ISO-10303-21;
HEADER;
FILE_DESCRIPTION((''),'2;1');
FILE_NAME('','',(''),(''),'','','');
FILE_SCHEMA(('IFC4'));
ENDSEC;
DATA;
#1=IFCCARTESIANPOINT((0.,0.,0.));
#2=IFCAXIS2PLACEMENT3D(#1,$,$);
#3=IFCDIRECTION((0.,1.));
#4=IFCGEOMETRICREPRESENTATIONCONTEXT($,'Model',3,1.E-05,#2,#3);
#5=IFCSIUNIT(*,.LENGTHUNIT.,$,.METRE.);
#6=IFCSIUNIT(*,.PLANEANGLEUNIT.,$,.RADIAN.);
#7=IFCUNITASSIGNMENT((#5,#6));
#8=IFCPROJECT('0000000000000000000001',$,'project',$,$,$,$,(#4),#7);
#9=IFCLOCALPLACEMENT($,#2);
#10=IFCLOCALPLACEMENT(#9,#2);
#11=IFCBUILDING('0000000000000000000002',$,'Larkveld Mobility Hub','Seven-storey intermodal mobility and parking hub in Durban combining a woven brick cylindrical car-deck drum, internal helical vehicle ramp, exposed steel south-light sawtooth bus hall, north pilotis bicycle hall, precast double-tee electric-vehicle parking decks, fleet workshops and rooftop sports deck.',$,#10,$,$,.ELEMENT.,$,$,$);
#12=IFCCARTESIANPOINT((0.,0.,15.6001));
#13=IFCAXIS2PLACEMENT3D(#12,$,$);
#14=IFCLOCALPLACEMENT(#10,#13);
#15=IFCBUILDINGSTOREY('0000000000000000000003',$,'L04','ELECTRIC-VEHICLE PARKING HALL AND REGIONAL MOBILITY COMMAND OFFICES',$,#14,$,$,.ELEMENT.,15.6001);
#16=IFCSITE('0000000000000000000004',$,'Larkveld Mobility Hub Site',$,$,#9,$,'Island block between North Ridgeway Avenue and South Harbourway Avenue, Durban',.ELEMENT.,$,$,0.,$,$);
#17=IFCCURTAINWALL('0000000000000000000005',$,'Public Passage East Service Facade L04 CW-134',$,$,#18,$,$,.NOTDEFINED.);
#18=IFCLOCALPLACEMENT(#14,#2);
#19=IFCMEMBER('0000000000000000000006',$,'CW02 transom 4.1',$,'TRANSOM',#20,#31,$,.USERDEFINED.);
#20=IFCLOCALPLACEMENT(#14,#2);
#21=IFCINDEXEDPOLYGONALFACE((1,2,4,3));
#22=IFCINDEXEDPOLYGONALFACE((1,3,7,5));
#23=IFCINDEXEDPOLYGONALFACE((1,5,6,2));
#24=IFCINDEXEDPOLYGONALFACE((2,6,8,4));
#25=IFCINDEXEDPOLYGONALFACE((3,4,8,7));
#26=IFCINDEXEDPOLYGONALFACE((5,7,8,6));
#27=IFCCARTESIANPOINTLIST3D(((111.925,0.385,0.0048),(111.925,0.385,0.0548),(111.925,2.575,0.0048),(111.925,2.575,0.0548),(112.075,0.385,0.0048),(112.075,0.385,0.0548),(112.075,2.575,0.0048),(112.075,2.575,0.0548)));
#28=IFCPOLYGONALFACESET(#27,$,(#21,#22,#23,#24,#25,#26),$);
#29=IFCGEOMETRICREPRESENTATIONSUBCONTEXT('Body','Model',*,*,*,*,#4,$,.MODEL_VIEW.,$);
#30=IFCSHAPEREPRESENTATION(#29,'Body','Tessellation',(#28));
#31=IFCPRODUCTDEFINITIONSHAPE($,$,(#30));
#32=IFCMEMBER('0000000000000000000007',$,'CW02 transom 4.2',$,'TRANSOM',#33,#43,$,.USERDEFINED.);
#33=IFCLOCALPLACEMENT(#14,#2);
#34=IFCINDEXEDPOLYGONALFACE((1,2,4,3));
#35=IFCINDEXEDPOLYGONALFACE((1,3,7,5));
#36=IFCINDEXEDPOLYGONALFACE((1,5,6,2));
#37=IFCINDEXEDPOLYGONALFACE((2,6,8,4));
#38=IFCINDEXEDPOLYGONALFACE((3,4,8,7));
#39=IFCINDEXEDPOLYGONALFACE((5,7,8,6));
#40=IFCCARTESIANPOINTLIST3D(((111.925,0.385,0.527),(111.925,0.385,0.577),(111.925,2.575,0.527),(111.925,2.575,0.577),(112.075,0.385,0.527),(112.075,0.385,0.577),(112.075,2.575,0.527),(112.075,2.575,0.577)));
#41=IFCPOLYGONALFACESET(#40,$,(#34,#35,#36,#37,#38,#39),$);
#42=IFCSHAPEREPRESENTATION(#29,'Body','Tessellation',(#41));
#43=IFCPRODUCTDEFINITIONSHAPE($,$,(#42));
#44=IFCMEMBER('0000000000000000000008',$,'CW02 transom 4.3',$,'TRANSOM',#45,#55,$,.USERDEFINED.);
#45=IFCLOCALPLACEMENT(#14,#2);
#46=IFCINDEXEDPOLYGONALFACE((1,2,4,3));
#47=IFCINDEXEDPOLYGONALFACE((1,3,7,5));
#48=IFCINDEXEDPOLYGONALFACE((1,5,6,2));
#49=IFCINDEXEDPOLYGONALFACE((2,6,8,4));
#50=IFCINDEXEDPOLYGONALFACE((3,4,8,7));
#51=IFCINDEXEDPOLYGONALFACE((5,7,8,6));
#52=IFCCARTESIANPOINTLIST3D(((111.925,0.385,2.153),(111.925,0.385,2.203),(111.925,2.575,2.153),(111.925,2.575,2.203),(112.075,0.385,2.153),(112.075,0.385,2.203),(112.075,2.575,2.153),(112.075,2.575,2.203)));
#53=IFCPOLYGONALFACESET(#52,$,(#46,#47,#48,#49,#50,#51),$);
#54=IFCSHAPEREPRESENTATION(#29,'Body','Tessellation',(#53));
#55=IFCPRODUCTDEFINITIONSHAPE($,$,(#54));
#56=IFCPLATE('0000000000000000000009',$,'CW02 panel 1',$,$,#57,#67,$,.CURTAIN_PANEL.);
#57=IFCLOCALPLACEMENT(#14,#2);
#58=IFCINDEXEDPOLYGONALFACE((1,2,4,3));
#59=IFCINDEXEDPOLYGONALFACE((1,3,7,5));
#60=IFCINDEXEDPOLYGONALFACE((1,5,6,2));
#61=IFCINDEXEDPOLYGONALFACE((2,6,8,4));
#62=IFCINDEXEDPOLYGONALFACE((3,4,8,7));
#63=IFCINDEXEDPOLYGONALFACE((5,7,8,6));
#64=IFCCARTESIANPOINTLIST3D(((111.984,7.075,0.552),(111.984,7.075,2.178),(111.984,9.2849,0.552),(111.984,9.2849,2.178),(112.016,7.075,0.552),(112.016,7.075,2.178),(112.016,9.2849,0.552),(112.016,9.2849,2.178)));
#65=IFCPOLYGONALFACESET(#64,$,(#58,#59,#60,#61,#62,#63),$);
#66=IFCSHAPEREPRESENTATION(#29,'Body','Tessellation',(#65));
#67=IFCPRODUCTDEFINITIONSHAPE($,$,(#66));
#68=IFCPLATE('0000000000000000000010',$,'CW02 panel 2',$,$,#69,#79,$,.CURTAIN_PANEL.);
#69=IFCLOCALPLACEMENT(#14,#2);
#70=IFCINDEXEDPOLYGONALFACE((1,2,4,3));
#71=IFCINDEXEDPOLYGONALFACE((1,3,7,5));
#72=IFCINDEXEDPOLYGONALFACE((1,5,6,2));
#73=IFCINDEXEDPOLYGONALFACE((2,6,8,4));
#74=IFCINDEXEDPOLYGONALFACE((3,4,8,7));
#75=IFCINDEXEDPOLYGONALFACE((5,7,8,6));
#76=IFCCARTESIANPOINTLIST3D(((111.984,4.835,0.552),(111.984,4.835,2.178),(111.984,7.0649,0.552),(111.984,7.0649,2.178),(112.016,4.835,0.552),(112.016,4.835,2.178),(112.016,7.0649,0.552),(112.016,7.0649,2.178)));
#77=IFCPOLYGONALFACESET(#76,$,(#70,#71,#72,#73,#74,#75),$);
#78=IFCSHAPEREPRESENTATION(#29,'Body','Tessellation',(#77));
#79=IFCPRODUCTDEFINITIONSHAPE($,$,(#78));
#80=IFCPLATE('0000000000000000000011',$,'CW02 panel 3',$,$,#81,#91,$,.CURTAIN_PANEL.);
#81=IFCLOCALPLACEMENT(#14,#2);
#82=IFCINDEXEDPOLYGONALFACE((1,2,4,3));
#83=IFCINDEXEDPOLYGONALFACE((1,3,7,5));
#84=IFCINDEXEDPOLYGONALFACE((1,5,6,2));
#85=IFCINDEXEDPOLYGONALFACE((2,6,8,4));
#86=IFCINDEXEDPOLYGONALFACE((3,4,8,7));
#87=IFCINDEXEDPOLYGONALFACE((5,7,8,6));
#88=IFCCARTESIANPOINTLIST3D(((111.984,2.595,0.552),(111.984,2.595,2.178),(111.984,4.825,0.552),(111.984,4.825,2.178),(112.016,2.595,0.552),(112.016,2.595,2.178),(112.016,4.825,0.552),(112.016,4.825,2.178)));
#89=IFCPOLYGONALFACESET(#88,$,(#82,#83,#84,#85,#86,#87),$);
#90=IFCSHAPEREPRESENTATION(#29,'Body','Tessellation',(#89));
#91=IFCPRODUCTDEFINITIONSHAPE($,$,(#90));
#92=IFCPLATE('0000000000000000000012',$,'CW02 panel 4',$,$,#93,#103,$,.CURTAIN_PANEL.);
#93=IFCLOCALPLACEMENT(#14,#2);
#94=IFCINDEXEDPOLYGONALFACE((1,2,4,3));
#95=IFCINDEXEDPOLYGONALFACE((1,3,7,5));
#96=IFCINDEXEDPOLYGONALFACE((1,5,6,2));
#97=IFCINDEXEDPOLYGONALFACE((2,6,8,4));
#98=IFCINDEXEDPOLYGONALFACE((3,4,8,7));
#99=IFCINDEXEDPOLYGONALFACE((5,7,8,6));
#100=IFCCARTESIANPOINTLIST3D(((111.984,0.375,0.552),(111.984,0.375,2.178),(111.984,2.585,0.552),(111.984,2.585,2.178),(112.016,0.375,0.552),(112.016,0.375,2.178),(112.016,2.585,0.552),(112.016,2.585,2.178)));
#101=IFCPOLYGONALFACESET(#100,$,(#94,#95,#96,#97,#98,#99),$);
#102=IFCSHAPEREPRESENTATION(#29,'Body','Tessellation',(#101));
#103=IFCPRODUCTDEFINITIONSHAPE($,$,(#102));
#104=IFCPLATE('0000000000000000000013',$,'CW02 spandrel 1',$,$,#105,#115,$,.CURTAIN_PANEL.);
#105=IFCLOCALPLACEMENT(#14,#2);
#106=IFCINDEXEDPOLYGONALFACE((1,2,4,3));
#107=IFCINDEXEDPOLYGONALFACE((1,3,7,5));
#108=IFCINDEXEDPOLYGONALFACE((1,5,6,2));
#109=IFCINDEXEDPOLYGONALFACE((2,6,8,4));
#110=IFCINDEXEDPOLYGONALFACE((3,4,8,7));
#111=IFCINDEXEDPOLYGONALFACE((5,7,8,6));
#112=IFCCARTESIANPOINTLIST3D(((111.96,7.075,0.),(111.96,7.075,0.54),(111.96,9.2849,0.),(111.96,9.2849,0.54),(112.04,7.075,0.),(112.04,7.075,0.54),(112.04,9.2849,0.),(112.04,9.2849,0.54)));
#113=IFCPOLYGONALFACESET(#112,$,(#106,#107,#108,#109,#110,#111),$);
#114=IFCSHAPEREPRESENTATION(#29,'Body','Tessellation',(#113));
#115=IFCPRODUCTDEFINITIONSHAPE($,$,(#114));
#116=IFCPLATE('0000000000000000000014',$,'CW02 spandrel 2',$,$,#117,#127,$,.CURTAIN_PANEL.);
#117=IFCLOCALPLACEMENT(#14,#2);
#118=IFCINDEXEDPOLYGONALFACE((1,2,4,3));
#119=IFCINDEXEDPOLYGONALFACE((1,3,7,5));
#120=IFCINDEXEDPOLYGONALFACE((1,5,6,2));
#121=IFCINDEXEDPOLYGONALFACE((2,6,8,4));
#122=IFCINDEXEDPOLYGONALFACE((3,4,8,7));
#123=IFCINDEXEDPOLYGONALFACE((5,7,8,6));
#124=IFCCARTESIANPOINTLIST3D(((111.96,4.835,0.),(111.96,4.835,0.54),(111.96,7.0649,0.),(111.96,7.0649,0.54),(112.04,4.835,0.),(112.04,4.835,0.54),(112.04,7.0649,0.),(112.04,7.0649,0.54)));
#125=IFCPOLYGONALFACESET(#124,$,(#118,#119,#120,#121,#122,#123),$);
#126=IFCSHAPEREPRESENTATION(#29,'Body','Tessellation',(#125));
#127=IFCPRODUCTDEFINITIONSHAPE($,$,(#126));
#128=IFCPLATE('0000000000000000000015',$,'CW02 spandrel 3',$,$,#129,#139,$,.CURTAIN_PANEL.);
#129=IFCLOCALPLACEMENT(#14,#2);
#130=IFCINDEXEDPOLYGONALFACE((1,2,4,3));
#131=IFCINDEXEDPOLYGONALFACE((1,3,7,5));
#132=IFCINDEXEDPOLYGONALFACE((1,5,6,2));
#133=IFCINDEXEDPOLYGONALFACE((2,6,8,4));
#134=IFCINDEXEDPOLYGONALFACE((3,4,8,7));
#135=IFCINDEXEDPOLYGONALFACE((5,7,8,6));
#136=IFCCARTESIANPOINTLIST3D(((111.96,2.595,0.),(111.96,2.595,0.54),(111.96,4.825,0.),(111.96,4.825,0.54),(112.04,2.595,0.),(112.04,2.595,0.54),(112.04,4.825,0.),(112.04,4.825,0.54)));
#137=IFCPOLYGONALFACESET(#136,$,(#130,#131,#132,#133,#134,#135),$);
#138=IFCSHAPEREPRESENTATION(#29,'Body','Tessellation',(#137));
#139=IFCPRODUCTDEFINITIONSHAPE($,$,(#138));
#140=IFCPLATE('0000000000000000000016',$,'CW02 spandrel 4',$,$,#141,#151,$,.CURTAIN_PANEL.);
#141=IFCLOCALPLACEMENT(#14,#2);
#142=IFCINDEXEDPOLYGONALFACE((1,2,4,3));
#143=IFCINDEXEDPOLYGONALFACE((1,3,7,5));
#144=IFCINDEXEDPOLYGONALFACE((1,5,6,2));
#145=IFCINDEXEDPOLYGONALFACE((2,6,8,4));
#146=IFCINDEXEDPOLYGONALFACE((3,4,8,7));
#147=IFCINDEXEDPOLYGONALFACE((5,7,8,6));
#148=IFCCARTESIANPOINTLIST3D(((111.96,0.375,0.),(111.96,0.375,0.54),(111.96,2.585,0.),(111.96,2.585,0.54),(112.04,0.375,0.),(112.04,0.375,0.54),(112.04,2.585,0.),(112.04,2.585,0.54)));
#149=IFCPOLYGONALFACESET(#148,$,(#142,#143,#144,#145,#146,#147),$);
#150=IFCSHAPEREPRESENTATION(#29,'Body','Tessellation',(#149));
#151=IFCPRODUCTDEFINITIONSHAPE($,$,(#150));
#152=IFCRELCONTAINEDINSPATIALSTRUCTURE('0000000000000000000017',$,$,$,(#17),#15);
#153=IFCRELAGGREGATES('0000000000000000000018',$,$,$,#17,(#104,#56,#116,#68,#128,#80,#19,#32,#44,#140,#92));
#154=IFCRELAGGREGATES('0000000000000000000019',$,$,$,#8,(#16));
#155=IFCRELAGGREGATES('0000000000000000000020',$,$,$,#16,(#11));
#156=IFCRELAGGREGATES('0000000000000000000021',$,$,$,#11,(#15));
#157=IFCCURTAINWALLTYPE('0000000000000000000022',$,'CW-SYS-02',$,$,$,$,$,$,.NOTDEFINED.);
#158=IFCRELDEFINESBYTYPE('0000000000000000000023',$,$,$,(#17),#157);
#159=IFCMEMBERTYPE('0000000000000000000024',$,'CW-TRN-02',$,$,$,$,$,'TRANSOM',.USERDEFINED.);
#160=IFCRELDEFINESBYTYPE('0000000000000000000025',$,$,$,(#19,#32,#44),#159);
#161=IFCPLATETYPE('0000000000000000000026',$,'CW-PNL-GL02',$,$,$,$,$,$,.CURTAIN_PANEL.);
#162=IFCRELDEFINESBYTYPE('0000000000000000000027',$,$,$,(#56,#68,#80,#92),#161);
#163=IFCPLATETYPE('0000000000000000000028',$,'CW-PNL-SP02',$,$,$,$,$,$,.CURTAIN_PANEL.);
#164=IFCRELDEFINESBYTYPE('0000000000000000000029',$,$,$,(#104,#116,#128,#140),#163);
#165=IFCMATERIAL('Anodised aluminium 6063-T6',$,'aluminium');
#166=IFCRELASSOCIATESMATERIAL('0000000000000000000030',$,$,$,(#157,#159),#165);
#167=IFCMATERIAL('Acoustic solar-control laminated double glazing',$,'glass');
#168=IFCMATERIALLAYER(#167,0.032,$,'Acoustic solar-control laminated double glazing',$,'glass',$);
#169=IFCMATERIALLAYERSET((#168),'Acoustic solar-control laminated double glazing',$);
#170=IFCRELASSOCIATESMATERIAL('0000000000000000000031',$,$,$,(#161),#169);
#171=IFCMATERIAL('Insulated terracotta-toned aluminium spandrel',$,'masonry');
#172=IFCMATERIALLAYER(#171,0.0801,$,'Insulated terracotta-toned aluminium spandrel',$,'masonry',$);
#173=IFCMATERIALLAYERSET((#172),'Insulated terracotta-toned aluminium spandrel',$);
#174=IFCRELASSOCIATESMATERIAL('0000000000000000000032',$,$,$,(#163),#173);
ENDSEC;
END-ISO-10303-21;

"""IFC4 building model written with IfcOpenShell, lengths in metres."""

from ifc_helpers import new_model, si_unit, direction, frame, origin, origin_2d, place, context, subcontext, project, spatial, rectangle, extrude, material, layer, layer_set, material_profile, profile_set, type_object, element, aggregate, save


model = new_model("IFC4")

# Units and contexts
model_context = context("Model", 3, precision=1e-05, world=origin(), true_north=direction((0.0, 1.0)))
body_context = subcontext(model_context, "Body", "Model", "MODEL_VIEW")
ifc_project = project(units=[si_unit("LENGTHUNIT", "METRE"), si_unit("PLANEANGLEUNIT", "RADIAN")], contexts=[model_context])

# Site, building, storey
site_placement = place(None, origin())
site = spatial("IfcSite", under=ifc_project, at=site_placement, Name="Larkveld Mobility Hub Site", LongName="Island block between North Ridgeway Avenue and South Harbourway Avenue, Durban", CompositionType="ELEMENT", RefElevation=0.0)
building_placement = place(site_placement, origin())
building = spatial("IfcBuilding", under=site, at=building_placement, Name="Larkveld Mobility Hub", Description="Seven-storey intermodal mobility and parking hub in Durban combining a woven brick cylindrical car-deck drum, internal helical vehicle ramp, exposed steel south-light sawtooth bus hall, north pilotis bicycle hall, precast double-tee electric-vehicle parking decks, fleet workshops and rooftop sports deck.", CompositionType="ELEMENT")
storey_placement = place(building_placement, frame((0.0, 0.0, 15.6001)))
storey = spatial("IfcBuildingStorey", under=building, at=storey_placement, Name="L04", Description="ELECTRIC-VEHICLE PARKING HALL AND REGIONAL MOBILITY COMMAND OFFICES", CompositionType="ELEMENT", Elevation=15.6001)

# Curtain wall, members, plates
ifc_material_1 = material(Name="Anodised aluminium 6063-T6", Category="aluminium")
curtain_wall_type = type_object("IfcCurtainWallType", Name="CW-SYS-02", PredefinedType="NOTDEFINED", material=ifc_material_1)
curtain_wall_placement = place(storey_placement, origin())
curtain_wall = element("IfcCurtainWall", 1, at=curtain_wall_placement, inside=storey, type_object=curtain_wall_type, Name="Public Passage East Service Facade L04 CW-134", PredefinedType="NOTDEFINED")
ifc_material_profile_1 = material_profile(ifc_material_1, rectangle(XDim=0.1499, YDim=0.05, at=origin_2d()), Name="ALU TRAN 50x150")
ifc_profile_set_1 = profile_set([ifc_material_profile_1], Name="Anodised aluminium 6063-T6")
member_type_1 = type_object("IfcMemberType", Name="CW-TRN-02", ElementType="TRANSOM", PredefinedType="USERDEFINED", material=ifc_profile_set_1)
member_1_placement = place(storey_placement, frame((112.0, 2.575, 0.0298), z_axis=(0.0, -1.0, 0.0), x_axis=(1.0, 0.0, 0.0)))
member_1 = element("IfcMember", 2, at=member_1_placement, type_object=member_type_1, Name="CW02 transom 4.1", ObjectType="TRANSOM", PredefinedType="USERDEFINED", context=body_context, shape_type="SweptSolid", body=[
    extrude(rectangle(XDim=0.1499, YDim=0.05, at=origin_2d()), origin(), (0.0, 0.0, 1.0), 2.1899),
])
member_2_placement = place(storey_placement, frame((112.0, 2.575, 0.552), z_axis=(0.0, -1.0, 0.0), x_axis=(1.0, 0.0, 0.0)))
member_2 = element("IfcMember", 3, at=member_2_placement, type_object=member_type_1, Name="CW02 transom 4.2", ObjectType="TRANSOM", PredefinedType="USERDEFINED", context=body_context, shape_type="SweptSolid", body=[
    extrude(rectangle(XDim=0.1499, YDim=0.05, at=origin_2d()), origin(), (0.0, 0.0, 1.0), 2.1899),
])
member_3_placement = place(storey_placement, frame((112.0, 2.575, 2.178), z_axis=(0.0, -1.0, 0.0), x_axis=(1.0, 0.0, 0.0)))
member_3 = element("IfcMember", 4, at=member_3_placement, type_object=member_type_1, Name="CW02 transom 4.3", ObjectType="TRANSOM", PredefinedType="USERDEFINED", context=body_context, shape_type="SweptSolid", body=[
    extrude(rectangle(XDim=0.1499, YDim=0.05, at=origin_2d()), origin(), (0.0, 0.0, 1.0), 2.1899),
])
ifc_material_2 = material(Name="Acoustic solar-control laminated double glazing", Category="glass")
ifc_layer_1 = layer(ifc_material_2, 0.032, Name="Acoustic solar-control laminated double glazing", Category="glass")
ifc_layer_set_1 = layer_set([ifc_layer_1], Name="Acoustic solar-control laminated double glazing")
plate_type_1 = type_object("IfcPlateType", Name="CW-PNL-GL02", PredefinedType="CURTAIN_PANEL", material=ifc_layer_set_1)
plate_1_placement = place(storey_placement, frame((112.0, 8.1799, 0.552), z_axis=(0.0, 0.0, 1.0), x_axis=(0.0, -1.0, 0.0)))
plate_1 = element("IfcPlate", 5, at=plate_1_placement, type_object=plate_type_1, Name="CW02 panel 1", PredefinedType="CURTAIN_PANEL", context=body_context, shape_type="SweptSolid", body=[
    extrude(rectangle(XDim=2.21, YDim=0.032, at=origin_2d()), origin(), (0.0, 0.0, 1.0), 1.626),
])
plate_2_placement = place(storey_placement, frame((112.0, 5.95, 0.552), z_axis=(0.0, 0.0, 1.0), x_axis=(0.0, -1.0, 0.0)))
plate_2 = element("IfcPlate", 6, at=plate_2_placement, type_object=plate_type_1, Name="CW02 panel 2", PredefinedType="CURTAIN_PANEL", context=body_context, shape_type="SweptSolid", body=[
    extrude(rectangle(XDim=2.23, YDim=0.032, at=origin_2d()), origin(), (0.0, 0.0, 1.0), 1.626),
])
plate_3_placement = place(storey_placement, frame((112.0, 3.71, 0.552), z_axis=(0.0, 0.0, 1.0), x_axis=(0.0, -1.0, 0.0)))
plate_3 = element("IfcPlate", 7, at=plate_3_placement, type_object=plate_type_1, Name="CW02 panel 3", PredefinedType="CURTAIN_PANEL", context=body_context, shape_type="SweptSolid", body=[
    extrude(rectangle(XDim=2.23, YDim=0.032, at=origin_2d()), origin(), (0.0, 0.0, 1.0), 1.626),
])
plate_4_placement = place(storey_placement, frame((112.0, 1.48, 0.552), z_axis=(0.0, 0.0, 1.0), x_axis=(0.0, -1.0, 0.0)))
plate_4 = element("IfcPlate", 8, at=plate_4_placement, type_object=plate_type_1, Name="CW02 panel 4", PredefinedType="CURTAIN_PANEL", context=body_context, shape_type="SweptSolid", body=[
    extrude(rectangle(XDim=2.21, YDim=0.032, at=origin_2d()), origin(), (0.0, 0.0, 1.0), 1.626),
])
ifc_material_3 = material(Name="Insulated terracotta-toned aluminium spandrel", Category="masonry")
ifc_layer_2 = layer(ifc_material_3, 0.0801, Name="Insulated terracotta-toned aluminium spandrel", Category="masonry")
ifc_layer_set_2 = layer_set([ifc_layer_2], Name="Insulated terracotta-toned aluminium spandrel")
plate_type_2 = type_object("IfcPlateType", Name="CW-PNL-SP02", PredefinedType="CURTAIN_PANEL", material=ifc_layer_set_2)
plate_5_placement = place(storey_placement, frame((112.0, 8.1799, 0.0), z_axis=(0.0, 0.0, 1.0), x_axis=(0.0, -1.0, 0.0)))
plate_5 = element("IfcPlate", 9, at=plate_5_placement, type_object=plate_type_2, Name="CW02 spandrel 1", PredefinedType="CURTAIN_PANEL", context=body_context, shape_type="SweptSolid", body=[
    extrude(rectangle(XDim=2.21, YDim=0.0801, at=origin_2d()), origin(), (0.0, 0.0, 1.0), 0.54),
])
plate_6_placement = place(storey_placement, frame((112.0, 5.95, 0.0), z_axis=(0.0, 0.0, 1.0), x_axis=(0.0, -1.0, 0.0)))
plate_6 = element("IfcPlate", 10, at=plate_6_placement, type_object=plate_type_2, Name="CW02 spandrel 2", PredefinedType="CURTAIN_PANEL", context=body_context, shape_type="SweptSolid", body=[
    extrude(rectangle(XDim=2.23, YDim=0.0801, at=origin_2d()), origin(), (0.0, 0.0, 1.0), 0.54),
])
plate_7_placement = place(storey_placement, frame((112.0, 3.71, 0.0), z_axis=(0.0, 0.0, 1.0), x_axis=(0.0, -1.0, 0.0)))
plate_7 = element("IfcPlate", 11, at=plate_7_placement, type_object=plate_type_2, Name="CW02 spandrel 3", PredefinedType="CURTAIN_PANEL", context=body_context, shape_type="SweptSolid", body=[
    extrude(rectangle(XDim=2.23, YDim=0.0801, at=origin_2d()), origin(), (0.0, 0.0, 1.0), 0.54),
])
plate_8_placement = place(storey_placement, frame((112.0, 1.48, 0.0), z_axis=(0.0, 0.0, 1.0), x_axis=(0.0, -1.0, 0.0)))
plate_8 = element("IfcPlate", 12, at=plate_8_placement, type_object=plate_type_2, Name="CW02 spandrel 4", PredefinedType="CURTAIN_PANEL", context=body_context, shape_type="SweptSolid", body=[
    extrude(rectangle(XDim=2.21, YDim=0.0801, at=origin_2d()), origin(), (0.0, 0.0, 1.0), 0.54),
])
aggregate(curtain_wall, [plate_5, plate_1, plate_6, plate_2, plate_7, plate_3, member_1, member_2, member_3, plate_8, plate_4])

save(model, "model.ifc")
